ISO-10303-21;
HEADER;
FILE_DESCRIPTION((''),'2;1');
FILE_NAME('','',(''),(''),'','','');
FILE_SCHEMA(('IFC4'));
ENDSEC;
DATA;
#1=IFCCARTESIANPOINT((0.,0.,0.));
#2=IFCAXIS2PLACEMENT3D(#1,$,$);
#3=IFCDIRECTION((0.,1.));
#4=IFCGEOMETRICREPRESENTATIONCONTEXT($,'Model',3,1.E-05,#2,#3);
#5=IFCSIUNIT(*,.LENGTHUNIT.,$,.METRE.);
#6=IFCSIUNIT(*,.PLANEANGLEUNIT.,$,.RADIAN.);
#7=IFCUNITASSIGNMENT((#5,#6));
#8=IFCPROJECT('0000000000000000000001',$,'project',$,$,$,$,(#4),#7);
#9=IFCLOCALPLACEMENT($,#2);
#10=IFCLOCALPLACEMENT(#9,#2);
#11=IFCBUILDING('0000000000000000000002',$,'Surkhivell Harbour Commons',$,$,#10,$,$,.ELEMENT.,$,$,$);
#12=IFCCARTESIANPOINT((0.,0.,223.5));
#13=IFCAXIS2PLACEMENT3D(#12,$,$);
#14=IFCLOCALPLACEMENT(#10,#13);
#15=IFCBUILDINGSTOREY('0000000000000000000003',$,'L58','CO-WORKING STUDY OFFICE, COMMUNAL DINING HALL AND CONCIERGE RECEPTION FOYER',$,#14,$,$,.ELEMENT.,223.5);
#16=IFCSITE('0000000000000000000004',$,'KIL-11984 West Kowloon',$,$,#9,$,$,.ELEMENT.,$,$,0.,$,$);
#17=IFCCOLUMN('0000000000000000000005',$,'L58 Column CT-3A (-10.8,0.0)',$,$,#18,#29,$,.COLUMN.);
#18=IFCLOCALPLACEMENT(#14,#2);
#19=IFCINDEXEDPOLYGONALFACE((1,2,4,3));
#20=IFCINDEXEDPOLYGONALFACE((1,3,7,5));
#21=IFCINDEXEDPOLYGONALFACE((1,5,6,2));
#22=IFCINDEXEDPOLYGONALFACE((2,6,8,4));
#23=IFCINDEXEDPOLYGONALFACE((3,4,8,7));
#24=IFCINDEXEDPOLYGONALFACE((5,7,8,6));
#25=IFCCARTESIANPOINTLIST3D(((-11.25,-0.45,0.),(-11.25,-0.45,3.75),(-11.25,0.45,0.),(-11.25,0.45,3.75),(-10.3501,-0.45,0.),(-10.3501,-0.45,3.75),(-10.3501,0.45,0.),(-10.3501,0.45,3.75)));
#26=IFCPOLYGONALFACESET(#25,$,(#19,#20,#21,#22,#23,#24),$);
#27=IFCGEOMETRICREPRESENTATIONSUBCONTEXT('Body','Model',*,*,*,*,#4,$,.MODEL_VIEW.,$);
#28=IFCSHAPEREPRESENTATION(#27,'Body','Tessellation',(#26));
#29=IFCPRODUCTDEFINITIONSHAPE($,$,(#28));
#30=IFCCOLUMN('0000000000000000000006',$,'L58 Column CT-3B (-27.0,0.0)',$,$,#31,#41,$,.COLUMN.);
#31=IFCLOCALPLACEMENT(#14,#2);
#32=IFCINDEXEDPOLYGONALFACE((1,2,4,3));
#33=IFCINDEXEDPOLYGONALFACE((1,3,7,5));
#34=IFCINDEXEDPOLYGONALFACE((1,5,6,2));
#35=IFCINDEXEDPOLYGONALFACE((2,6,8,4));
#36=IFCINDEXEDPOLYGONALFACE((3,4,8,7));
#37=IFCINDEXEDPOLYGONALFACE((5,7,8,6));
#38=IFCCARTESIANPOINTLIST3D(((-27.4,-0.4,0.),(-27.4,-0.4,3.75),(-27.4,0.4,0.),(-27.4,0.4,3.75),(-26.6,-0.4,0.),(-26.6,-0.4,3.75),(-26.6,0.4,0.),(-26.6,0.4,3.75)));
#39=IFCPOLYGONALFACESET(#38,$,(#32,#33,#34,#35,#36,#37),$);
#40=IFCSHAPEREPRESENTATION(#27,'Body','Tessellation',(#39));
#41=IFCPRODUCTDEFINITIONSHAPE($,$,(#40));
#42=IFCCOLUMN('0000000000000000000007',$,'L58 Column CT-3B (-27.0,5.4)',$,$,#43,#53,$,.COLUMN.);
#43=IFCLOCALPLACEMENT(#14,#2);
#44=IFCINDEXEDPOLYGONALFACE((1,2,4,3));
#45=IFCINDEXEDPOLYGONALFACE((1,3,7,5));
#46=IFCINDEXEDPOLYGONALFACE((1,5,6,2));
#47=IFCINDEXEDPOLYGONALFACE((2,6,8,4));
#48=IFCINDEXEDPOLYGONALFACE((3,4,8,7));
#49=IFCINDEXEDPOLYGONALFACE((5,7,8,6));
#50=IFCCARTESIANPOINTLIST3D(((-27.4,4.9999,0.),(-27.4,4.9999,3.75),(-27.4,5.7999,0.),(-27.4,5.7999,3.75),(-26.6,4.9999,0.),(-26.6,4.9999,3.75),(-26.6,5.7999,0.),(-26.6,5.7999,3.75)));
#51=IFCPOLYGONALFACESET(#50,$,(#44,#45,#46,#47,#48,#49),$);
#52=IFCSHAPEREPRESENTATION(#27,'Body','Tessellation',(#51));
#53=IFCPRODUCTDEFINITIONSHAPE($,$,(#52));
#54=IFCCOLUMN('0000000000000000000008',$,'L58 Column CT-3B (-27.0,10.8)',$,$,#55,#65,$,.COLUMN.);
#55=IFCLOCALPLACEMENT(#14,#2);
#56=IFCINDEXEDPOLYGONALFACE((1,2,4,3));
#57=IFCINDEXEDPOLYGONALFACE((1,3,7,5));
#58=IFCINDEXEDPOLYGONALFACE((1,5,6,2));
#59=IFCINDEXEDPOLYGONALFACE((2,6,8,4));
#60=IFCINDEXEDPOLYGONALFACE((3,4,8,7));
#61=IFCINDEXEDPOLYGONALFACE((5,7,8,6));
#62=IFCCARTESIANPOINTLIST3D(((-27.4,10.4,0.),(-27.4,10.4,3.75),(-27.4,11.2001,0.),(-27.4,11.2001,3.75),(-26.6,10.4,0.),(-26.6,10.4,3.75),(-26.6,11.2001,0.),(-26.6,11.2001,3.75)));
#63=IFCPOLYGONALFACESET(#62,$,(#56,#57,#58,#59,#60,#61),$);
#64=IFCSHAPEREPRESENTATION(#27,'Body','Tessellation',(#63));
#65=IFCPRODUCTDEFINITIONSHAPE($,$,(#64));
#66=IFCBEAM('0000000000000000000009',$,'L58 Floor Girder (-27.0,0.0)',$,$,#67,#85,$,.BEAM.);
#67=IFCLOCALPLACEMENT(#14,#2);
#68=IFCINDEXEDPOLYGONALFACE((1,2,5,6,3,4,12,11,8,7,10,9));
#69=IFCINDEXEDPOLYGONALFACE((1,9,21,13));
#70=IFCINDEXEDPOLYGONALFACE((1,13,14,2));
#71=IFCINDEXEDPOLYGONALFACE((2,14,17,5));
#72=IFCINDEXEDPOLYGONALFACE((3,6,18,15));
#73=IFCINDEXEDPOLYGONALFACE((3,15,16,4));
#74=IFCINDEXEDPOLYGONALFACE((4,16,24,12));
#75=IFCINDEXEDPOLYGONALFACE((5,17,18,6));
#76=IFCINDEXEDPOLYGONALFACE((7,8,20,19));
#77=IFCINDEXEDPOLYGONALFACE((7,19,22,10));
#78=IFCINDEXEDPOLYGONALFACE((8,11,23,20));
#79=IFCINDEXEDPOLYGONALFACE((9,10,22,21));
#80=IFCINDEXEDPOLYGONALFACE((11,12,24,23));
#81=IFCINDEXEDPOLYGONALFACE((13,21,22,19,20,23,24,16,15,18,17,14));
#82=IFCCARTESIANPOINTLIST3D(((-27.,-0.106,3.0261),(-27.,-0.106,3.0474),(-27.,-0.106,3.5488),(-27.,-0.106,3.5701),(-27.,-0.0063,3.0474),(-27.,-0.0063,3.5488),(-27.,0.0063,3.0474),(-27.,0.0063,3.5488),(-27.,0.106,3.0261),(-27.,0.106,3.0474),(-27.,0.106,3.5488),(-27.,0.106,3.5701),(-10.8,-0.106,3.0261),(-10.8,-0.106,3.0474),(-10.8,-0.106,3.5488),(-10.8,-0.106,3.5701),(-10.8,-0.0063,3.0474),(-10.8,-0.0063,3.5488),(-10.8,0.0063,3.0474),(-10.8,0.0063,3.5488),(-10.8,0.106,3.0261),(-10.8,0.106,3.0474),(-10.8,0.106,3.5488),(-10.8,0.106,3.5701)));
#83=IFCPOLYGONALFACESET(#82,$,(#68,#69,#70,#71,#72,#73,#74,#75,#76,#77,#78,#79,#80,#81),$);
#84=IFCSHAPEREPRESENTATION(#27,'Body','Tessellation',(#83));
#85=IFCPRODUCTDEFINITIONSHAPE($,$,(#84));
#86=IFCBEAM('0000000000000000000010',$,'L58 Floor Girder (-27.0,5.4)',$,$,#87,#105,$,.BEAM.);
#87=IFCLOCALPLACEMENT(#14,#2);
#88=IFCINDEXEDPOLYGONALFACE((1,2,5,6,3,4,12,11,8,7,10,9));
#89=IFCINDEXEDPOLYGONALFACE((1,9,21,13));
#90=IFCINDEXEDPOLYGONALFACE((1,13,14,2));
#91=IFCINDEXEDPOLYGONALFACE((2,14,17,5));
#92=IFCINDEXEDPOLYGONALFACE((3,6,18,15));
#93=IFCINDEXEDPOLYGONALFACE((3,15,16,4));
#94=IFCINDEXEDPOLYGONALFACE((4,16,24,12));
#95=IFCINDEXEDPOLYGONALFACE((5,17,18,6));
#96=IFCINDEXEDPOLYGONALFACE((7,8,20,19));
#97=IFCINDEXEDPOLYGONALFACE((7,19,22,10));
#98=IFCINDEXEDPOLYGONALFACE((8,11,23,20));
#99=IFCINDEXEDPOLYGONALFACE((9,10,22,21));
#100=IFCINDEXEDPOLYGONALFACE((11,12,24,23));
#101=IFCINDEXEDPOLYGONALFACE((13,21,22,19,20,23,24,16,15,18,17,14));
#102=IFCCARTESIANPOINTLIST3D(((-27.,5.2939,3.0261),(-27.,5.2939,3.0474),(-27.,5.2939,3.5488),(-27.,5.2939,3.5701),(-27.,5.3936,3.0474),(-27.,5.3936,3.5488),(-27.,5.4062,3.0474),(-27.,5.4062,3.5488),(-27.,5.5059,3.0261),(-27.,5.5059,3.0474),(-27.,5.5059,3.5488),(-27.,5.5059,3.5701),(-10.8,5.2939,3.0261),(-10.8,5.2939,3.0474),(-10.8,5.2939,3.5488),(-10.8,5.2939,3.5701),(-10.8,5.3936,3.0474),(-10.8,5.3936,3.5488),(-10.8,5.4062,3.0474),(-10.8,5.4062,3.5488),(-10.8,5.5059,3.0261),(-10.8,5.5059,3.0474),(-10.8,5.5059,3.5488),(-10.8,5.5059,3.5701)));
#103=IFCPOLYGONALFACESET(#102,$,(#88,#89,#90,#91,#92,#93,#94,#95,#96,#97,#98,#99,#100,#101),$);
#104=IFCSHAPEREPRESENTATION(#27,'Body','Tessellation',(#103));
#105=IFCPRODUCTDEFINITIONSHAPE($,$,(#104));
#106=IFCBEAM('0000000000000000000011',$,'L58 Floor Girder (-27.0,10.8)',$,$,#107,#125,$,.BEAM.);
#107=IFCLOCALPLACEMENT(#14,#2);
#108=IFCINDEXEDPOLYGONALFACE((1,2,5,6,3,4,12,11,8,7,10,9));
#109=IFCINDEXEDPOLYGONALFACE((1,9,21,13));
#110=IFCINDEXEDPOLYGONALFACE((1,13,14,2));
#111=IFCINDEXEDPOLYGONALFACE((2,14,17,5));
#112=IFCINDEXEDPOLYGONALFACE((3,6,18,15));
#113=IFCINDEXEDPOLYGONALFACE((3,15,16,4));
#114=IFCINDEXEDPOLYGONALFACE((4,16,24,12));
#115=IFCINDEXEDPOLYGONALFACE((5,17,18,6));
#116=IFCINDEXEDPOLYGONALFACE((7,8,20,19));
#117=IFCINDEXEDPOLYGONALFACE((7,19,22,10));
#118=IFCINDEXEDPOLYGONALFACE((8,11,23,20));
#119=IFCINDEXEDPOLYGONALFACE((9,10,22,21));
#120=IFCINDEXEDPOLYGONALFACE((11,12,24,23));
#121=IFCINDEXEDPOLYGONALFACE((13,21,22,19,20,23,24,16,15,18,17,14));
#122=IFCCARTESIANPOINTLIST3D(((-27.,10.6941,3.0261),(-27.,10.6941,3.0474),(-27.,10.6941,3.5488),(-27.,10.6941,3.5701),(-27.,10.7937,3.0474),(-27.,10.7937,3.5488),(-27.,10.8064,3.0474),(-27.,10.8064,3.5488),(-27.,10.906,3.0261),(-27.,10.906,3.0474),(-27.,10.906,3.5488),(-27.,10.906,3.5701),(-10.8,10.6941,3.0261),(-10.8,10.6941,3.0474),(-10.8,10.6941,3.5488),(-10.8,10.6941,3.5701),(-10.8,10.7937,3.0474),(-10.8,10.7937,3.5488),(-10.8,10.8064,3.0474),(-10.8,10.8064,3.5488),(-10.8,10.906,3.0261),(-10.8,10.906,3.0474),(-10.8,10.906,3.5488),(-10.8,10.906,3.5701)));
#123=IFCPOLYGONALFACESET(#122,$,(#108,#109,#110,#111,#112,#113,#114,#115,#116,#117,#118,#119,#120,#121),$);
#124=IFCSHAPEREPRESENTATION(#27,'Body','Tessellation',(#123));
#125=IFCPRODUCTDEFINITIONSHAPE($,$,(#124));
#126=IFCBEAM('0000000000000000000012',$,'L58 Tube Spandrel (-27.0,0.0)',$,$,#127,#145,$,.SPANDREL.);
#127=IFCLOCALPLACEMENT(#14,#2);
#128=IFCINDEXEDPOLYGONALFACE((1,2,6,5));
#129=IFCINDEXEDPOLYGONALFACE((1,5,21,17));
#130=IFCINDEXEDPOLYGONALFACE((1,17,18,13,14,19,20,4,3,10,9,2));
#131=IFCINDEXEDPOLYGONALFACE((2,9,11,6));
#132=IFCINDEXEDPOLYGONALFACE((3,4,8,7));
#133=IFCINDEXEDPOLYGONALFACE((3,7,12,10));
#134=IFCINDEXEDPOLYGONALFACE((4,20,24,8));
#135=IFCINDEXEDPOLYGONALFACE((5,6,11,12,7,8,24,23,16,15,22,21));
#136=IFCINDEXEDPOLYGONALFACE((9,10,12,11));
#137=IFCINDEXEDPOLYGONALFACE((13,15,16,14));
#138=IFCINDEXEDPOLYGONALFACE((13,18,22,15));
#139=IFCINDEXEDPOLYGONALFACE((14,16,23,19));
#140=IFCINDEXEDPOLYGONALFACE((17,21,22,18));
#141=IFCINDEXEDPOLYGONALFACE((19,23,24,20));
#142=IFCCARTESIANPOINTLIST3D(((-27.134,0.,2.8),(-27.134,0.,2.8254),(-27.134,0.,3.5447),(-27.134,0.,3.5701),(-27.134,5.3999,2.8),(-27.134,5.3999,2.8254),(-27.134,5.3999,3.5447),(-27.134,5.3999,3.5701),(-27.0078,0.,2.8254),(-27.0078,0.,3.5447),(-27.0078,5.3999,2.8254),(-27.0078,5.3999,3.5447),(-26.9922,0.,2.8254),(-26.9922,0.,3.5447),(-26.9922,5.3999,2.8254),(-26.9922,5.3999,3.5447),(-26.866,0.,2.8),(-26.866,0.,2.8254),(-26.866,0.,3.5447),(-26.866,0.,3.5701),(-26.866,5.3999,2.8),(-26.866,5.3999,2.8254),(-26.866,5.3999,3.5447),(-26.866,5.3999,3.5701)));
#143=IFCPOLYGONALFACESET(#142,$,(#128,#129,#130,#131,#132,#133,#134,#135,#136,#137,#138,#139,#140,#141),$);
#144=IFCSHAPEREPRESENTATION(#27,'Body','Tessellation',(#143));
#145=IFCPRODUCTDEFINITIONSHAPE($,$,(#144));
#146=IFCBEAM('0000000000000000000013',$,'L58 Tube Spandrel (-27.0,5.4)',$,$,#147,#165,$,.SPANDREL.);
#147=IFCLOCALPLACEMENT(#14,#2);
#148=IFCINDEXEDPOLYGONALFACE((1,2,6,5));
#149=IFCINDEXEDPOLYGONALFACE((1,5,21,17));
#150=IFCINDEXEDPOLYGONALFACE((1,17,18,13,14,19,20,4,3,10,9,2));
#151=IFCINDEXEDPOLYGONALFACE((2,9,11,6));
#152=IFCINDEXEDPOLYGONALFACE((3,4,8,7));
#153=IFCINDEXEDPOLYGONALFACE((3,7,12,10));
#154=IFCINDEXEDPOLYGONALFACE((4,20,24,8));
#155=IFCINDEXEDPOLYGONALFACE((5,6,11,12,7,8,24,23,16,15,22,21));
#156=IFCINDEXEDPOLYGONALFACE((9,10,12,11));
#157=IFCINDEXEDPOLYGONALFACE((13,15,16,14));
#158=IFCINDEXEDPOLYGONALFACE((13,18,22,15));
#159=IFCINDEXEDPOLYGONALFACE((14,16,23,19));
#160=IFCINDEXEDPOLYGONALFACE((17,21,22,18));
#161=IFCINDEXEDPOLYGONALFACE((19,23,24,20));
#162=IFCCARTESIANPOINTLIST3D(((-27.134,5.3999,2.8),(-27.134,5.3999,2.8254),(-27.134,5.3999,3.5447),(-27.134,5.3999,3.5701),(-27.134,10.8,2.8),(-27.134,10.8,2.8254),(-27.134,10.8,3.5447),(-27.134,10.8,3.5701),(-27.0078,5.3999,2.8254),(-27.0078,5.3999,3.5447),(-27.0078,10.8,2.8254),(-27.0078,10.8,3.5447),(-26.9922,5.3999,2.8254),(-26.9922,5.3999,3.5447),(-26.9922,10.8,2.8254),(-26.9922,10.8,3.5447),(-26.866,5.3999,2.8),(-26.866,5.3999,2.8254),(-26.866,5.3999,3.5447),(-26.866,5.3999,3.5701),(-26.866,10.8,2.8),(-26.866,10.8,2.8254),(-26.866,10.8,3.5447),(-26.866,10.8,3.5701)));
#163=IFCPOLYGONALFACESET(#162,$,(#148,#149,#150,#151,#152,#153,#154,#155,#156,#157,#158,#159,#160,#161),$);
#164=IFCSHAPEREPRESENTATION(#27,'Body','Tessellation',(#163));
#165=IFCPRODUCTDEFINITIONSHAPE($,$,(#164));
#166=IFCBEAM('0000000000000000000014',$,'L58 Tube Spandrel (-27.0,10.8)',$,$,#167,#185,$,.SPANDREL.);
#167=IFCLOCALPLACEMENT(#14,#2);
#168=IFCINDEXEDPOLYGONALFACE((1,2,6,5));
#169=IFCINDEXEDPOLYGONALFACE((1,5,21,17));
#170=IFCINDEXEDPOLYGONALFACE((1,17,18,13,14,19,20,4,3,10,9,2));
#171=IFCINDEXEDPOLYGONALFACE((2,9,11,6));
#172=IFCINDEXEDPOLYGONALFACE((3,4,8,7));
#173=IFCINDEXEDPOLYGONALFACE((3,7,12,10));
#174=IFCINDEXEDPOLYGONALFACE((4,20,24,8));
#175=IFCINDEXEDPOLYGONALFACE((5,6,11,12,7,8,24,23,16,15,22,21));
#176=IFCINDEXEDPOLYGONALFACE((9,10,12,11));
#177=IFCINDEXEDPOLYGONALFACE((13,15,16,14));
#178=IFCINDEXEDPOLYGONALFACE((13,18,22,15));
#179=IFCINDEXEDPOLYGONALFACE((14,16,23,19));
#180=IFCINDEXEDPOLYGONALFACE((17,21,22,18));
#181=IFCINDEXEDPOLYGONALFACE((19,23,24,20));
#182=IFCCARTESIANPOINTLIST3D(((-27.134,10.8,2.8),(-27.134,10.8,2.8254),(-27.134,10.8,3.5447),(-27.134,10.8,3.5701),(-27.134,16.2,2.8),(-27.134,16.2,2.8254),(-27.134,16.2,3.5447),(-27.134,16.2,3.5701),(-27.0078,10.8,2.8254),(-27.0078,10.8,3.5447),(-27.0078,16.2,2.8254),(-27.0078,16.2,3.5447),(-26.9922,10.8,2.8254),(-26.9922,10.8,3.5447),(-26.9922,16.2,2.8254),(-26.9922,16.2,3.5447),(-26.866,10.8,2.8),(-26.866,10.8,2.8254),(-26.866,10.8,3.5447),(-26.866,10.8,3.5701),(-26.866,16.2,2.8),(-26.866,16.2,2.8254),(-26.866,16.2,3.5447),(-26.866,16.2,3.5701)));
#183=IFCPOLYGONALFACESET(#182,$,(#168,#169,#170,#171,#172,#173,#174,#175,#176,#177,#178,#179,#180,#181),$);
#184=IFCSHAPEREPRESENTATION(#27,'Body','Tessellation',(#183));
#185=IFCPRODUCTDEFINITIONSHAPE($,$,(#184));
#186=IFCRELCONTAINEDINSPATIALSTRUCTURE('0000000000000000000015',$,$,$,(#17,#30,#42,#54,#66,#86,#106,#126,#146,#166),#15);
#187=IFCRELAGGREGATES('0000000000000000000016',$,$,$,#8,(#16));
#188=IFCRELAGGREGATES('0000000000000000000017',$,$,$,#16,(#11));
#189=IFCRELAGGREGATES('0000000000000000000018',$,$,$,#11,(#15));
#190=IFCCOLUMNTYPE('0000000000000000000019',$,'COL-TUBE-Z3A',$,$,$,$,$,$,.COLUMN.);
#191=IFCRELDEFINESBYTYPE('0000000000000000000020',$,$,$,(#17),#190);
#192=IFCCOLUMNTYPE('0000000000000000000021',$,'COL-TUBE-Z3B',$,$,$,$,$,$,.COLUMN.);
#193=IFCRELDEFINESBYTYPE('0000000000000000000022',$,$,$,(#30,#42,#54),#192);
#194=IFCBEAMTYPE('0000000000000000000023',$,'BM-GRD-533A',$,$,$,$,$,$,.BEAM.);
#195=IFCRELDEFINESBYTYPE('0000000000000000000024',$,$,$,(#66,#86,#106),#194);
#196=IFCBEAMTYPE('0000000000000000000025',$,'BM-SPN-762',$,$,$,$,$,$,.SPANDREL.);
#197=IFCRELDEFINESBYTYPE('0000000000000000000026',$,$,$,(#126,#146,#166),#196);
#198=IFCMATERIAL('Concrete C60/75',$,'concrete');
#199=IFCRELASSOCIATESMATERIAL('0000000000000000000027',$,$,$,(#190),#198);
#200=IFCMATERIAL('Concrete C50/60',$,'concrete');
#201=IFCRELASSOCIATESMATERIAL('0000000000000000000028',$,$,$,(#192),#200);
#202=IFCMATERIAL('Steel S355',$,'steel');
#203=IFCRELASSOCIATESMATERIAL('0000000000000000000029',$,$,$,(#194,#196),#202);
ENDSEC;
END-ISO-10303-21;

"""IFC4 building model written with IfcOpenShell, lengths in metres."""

from ifc_helpers import new_model, si_unit, direction, frame, origin, origin_2d, place, context, subcontext, project, spatial, rectangle, i_section, extrude, material, material_profile, profile_set, type_object, element, save


model = new_model("IFC4")

# Units and contexts
model_context = context("Model", 3, precision=1e-05, world=origin(), true_north=direction((0.0, 1.0)))
body_context = subcontext(model_context, "Body", "Model", "MODEL_VIEW")
ifc_project = project(units=[si_unit("LENGTHUNIT", "METRE"), si_unit("PLANEANGLEUNIT", "RADIAN")], contexts=[model_context])

# Site, building, storey
site_placement = place(None, origin())
site = spatial("IfcSite", under=ifc_project, at=site_placement, Name="KIL-11984 West Kowloon", CompositionType="ELEMENT", RefElevation=0.0)
building_placement = place(site_placement, origin())
building = spatial("IfcBuilding", under=site, at=building_placement, Name="Surkhivell Harbour Commons", CompositionType="ELEMENT")
storey_placement = place(building_placement, frame((0.0, 0.0, 223.5)))
storey = spatial("IfcBuildingStorey", under=building, at=storey_placement, Name="L58", Description="CO-WORKING STUDY OFFICE, COMMUNAL DINING HALL AND CONCIERGE RECEPTION FOYER", CompositionType="ELEMENT", Elevation=223.5)

# Columns
ifc_material_1 = material(Name="Concrete C60/75", Category="concrete")
ifc_material_profile_1 = material_profile(ifc_material_1, rectangle(XDim=0.8999, YDim=0.8999, at=origin_2d()), Name="RC-COL-900x900")
ifc_profile_set_1 = profile_set([ifc_material_profile_1], Name="Concrete C60/75")
column_type_1 = type_object("IfcColumnType", Name="COL-TUBE-Z3A", PredefinedType="COLUMN", material=ifc_profile_set_1)
column_placement = place(storey_placement, frame((-10.8, 0.0, 0.0), z_axis=(0.0, 0.0, 1.0), x_axis=(1.0, 0.0, 0.0)))
element("IfcColumn", 1, at=column_placement, inside=storey, type_object=column_type_1, Name="L58 Column CT-3A (-10.8,0.0)", PredefinedType="COLUMN", context=body_context, shape_type="SweptSolid", body=[
    extrude(rectangle(XDim=0.8999, YDim=0.8999, at=origin_2d()), origin(), (0.0, 0.0, 1.0), 3.75),
])
ifc_material_2 = material(Name="Concrete C50/60", Category="concrete")
ifc_material_profile_2 = material_profile(ifc_material_2, rectangle(XDim=0.8, YDim=0.8, at=origin_2d()), Name="RC-COL-800x800")
ifc_profile_set_2 = profile_set([ifc_material_profile_2], Name="Concrete C50/60")
column_type_2 = type_object("IfcColumnType", Name="COL-TUBE-Z3B", PredefinedType="COLUMN", material=ifc_profile_set_2)
for number, where, z_axis, x_axis, name in (
    (2, (-27.0, 0.0, 0.0), (0.0, 0.0, 1.0), (1.0, 0.0, 0.0), "L58 Column CT-3B (-27.0,0.0)"),
    (3, (-27.0, 5.3999, 0.0), (0.0, 0.0, 1.0), (1.0, 0.0, 0.0), "L58 Column CT-3B (-27.0,5.4)"),
    (4, (-27.0, 10.8, 0.0), (0.0, 0.0, 1.0), (1.0, 0.0, 0.0), "L58 Column CT-3B (-27.0,10.8)"),
):
    element("IfcColumn", number, at=place(storey_placement, frame(where, z_axis=z_axis, x_axis=x_axis)), inside=storey, type_object=column_type_2, Name=name, PredefinedType="COLUMN", context=body_context, shape_type="SweptSolid", body=[
        extrude(rectangle(XDim=0.8, YDim=0.8, at=origin_2d()), origin(), (0.0, 0.0, 1.0), 3.75),
    ])

# Beams
ifc_material_3 = material(Name="Steel S355", Category="steel")
ifc_material_profile_3 = material_profile(ifc_material_3, i_section(OverallWidth=0.2119, OverallDepth=0.5439, WebThickness=0.0127, FlangeThickness=0.0212, at=origin_2d()), Name="UB533x210x122")
ifc_profile_set_3 = profile_set([ifc_material_profile_3], Name="Steel S355")
beam_type_1 = type_object("IfcBeamType", Name="BM-GRD-533A", PredefinedType="BEAM", material=ifc_profile_set_3)
for number, where, z_axis, x_axis, name in (
    (5, (-27.0, 0.0, 3.2981), (1.0, 0.0, 0.0), (0.0, 1.0, 0.0), "L58 Floor Girder (-27.0,0.0)"),
    (6, (-27.0, 5.3999, 3.2981), (1.0, 0.0, 0.0), (0.0, 1.0, 0.0), "L58 Floor Girder (-27.0,5.4)"),
    (7, (-27.0, 10.8, 3.2981), (1.0, 0.0, 0.0), (0.0, 1.0, 0.0), "L58 Floor Girder (-27.0,10.8)"),
):
    element("IfcBeam", number, at=place(storey_placement, frame(where, z_axis=z_axis, x_axis=x_axis)), inside=storey, type_object=beam_type_1, Name=name, PredefinedType="BEAM", context=body_context, shape_type="SweptSolid", body=[
        extrude(i_section(OverallWidth=0.2119, OverallDepth=0.5439, WebThickness=0.0127, FlangeThickness=0.0212, at=origin_2d()), origin(), (0.0, 0.0, 1.0), 16.2),
    ])
ifc_material_profile_4 = material_profile(ifc_material_3, i_section(OverallWidth=0.2681, OverallDepth=0.77, WebThickness=0.0156, FlangeThickness=0.0254, at=origin_2d()), Name="UB762x267x197")
ifc_profile_set_4 = profile_set([ifc_material_profile_4], Name="Steel S355")
beam_type_2 = type_object("IfcBeamType", Name="BM-SPN-762", PredefinedType="SPANDREL", material=ifc_profile_set_4)
beam_1_placement = place(storey_placement, frame((-27.0, 0.0, 3.1851), z_axis=(0.0, 1.0, 0.0), x_axis=(-1.0, 0.0, 0.0)))
element("IfcBeam", 8, at=beam_1_placement, inside=storey, type_object=beam_type_2, Name="L58 Tube Spandrel (-27.0,0.0)", PredefinedType="SPANDREL", context=body_context, shape_type="SweptSolid", body=[
    extrude(i_section(OverallWidth=0.2681, OverallDepth=0.77, WebThickness=0.0156, FlangeThickness=0.0254, at=origin_2d()), origin(), (0.0, 0.0, 1.0), 5.3999),
])
beam_2_placement = place(storey_placement, frame((-27.0, 5.3999, 3.1851), z_axis=(0.0, 1.0, 0.0), x_axis=(-1.0, 0.0, 0.0)))
element("IfcBeam", 9, at=beam_2_placement, inside=storey, type_object=beam_type_2, Name="L58 Tube Spandrel (-27.0,5.4)", PredefinedType="SPANDREL", context=body_context, shape_type="SweptSolid", body=[
    extrude(i_section(OverallWidth=0.2681, OverallDepth=0.77, WebThickness=0.0156, FlangeThickness=0.0254, at=origin_2d()), origin(), (0.0, 0.0, 1.0), 5.4001),
])
beam_3_placement = place(storey_placement, frame((-27.0, 10.8, 3.1851), z_axis=(0.0, 1.0, 0.0), x_axis=(-1.0, 0.0, 0.0)))
element("IfcBeam", 10, at=beam_3_placement, inside=storey, type_object=beam_type_2, Name="L58 Tube Spandrel (-27.0,10.8)", PredefinedType="SPANDREL", context=body_context, shape_type="SweptSolid", body=[
    extrude(i_section(OverallWidth=0.2681, OverallDepth=0.77, WebThickness=0.0156, FlangeThickness=0.0254, at=origin_2d()), origin(), (0.0, 0.0, 1.0), 5.3999),
])

save(model, "model.ifc")
